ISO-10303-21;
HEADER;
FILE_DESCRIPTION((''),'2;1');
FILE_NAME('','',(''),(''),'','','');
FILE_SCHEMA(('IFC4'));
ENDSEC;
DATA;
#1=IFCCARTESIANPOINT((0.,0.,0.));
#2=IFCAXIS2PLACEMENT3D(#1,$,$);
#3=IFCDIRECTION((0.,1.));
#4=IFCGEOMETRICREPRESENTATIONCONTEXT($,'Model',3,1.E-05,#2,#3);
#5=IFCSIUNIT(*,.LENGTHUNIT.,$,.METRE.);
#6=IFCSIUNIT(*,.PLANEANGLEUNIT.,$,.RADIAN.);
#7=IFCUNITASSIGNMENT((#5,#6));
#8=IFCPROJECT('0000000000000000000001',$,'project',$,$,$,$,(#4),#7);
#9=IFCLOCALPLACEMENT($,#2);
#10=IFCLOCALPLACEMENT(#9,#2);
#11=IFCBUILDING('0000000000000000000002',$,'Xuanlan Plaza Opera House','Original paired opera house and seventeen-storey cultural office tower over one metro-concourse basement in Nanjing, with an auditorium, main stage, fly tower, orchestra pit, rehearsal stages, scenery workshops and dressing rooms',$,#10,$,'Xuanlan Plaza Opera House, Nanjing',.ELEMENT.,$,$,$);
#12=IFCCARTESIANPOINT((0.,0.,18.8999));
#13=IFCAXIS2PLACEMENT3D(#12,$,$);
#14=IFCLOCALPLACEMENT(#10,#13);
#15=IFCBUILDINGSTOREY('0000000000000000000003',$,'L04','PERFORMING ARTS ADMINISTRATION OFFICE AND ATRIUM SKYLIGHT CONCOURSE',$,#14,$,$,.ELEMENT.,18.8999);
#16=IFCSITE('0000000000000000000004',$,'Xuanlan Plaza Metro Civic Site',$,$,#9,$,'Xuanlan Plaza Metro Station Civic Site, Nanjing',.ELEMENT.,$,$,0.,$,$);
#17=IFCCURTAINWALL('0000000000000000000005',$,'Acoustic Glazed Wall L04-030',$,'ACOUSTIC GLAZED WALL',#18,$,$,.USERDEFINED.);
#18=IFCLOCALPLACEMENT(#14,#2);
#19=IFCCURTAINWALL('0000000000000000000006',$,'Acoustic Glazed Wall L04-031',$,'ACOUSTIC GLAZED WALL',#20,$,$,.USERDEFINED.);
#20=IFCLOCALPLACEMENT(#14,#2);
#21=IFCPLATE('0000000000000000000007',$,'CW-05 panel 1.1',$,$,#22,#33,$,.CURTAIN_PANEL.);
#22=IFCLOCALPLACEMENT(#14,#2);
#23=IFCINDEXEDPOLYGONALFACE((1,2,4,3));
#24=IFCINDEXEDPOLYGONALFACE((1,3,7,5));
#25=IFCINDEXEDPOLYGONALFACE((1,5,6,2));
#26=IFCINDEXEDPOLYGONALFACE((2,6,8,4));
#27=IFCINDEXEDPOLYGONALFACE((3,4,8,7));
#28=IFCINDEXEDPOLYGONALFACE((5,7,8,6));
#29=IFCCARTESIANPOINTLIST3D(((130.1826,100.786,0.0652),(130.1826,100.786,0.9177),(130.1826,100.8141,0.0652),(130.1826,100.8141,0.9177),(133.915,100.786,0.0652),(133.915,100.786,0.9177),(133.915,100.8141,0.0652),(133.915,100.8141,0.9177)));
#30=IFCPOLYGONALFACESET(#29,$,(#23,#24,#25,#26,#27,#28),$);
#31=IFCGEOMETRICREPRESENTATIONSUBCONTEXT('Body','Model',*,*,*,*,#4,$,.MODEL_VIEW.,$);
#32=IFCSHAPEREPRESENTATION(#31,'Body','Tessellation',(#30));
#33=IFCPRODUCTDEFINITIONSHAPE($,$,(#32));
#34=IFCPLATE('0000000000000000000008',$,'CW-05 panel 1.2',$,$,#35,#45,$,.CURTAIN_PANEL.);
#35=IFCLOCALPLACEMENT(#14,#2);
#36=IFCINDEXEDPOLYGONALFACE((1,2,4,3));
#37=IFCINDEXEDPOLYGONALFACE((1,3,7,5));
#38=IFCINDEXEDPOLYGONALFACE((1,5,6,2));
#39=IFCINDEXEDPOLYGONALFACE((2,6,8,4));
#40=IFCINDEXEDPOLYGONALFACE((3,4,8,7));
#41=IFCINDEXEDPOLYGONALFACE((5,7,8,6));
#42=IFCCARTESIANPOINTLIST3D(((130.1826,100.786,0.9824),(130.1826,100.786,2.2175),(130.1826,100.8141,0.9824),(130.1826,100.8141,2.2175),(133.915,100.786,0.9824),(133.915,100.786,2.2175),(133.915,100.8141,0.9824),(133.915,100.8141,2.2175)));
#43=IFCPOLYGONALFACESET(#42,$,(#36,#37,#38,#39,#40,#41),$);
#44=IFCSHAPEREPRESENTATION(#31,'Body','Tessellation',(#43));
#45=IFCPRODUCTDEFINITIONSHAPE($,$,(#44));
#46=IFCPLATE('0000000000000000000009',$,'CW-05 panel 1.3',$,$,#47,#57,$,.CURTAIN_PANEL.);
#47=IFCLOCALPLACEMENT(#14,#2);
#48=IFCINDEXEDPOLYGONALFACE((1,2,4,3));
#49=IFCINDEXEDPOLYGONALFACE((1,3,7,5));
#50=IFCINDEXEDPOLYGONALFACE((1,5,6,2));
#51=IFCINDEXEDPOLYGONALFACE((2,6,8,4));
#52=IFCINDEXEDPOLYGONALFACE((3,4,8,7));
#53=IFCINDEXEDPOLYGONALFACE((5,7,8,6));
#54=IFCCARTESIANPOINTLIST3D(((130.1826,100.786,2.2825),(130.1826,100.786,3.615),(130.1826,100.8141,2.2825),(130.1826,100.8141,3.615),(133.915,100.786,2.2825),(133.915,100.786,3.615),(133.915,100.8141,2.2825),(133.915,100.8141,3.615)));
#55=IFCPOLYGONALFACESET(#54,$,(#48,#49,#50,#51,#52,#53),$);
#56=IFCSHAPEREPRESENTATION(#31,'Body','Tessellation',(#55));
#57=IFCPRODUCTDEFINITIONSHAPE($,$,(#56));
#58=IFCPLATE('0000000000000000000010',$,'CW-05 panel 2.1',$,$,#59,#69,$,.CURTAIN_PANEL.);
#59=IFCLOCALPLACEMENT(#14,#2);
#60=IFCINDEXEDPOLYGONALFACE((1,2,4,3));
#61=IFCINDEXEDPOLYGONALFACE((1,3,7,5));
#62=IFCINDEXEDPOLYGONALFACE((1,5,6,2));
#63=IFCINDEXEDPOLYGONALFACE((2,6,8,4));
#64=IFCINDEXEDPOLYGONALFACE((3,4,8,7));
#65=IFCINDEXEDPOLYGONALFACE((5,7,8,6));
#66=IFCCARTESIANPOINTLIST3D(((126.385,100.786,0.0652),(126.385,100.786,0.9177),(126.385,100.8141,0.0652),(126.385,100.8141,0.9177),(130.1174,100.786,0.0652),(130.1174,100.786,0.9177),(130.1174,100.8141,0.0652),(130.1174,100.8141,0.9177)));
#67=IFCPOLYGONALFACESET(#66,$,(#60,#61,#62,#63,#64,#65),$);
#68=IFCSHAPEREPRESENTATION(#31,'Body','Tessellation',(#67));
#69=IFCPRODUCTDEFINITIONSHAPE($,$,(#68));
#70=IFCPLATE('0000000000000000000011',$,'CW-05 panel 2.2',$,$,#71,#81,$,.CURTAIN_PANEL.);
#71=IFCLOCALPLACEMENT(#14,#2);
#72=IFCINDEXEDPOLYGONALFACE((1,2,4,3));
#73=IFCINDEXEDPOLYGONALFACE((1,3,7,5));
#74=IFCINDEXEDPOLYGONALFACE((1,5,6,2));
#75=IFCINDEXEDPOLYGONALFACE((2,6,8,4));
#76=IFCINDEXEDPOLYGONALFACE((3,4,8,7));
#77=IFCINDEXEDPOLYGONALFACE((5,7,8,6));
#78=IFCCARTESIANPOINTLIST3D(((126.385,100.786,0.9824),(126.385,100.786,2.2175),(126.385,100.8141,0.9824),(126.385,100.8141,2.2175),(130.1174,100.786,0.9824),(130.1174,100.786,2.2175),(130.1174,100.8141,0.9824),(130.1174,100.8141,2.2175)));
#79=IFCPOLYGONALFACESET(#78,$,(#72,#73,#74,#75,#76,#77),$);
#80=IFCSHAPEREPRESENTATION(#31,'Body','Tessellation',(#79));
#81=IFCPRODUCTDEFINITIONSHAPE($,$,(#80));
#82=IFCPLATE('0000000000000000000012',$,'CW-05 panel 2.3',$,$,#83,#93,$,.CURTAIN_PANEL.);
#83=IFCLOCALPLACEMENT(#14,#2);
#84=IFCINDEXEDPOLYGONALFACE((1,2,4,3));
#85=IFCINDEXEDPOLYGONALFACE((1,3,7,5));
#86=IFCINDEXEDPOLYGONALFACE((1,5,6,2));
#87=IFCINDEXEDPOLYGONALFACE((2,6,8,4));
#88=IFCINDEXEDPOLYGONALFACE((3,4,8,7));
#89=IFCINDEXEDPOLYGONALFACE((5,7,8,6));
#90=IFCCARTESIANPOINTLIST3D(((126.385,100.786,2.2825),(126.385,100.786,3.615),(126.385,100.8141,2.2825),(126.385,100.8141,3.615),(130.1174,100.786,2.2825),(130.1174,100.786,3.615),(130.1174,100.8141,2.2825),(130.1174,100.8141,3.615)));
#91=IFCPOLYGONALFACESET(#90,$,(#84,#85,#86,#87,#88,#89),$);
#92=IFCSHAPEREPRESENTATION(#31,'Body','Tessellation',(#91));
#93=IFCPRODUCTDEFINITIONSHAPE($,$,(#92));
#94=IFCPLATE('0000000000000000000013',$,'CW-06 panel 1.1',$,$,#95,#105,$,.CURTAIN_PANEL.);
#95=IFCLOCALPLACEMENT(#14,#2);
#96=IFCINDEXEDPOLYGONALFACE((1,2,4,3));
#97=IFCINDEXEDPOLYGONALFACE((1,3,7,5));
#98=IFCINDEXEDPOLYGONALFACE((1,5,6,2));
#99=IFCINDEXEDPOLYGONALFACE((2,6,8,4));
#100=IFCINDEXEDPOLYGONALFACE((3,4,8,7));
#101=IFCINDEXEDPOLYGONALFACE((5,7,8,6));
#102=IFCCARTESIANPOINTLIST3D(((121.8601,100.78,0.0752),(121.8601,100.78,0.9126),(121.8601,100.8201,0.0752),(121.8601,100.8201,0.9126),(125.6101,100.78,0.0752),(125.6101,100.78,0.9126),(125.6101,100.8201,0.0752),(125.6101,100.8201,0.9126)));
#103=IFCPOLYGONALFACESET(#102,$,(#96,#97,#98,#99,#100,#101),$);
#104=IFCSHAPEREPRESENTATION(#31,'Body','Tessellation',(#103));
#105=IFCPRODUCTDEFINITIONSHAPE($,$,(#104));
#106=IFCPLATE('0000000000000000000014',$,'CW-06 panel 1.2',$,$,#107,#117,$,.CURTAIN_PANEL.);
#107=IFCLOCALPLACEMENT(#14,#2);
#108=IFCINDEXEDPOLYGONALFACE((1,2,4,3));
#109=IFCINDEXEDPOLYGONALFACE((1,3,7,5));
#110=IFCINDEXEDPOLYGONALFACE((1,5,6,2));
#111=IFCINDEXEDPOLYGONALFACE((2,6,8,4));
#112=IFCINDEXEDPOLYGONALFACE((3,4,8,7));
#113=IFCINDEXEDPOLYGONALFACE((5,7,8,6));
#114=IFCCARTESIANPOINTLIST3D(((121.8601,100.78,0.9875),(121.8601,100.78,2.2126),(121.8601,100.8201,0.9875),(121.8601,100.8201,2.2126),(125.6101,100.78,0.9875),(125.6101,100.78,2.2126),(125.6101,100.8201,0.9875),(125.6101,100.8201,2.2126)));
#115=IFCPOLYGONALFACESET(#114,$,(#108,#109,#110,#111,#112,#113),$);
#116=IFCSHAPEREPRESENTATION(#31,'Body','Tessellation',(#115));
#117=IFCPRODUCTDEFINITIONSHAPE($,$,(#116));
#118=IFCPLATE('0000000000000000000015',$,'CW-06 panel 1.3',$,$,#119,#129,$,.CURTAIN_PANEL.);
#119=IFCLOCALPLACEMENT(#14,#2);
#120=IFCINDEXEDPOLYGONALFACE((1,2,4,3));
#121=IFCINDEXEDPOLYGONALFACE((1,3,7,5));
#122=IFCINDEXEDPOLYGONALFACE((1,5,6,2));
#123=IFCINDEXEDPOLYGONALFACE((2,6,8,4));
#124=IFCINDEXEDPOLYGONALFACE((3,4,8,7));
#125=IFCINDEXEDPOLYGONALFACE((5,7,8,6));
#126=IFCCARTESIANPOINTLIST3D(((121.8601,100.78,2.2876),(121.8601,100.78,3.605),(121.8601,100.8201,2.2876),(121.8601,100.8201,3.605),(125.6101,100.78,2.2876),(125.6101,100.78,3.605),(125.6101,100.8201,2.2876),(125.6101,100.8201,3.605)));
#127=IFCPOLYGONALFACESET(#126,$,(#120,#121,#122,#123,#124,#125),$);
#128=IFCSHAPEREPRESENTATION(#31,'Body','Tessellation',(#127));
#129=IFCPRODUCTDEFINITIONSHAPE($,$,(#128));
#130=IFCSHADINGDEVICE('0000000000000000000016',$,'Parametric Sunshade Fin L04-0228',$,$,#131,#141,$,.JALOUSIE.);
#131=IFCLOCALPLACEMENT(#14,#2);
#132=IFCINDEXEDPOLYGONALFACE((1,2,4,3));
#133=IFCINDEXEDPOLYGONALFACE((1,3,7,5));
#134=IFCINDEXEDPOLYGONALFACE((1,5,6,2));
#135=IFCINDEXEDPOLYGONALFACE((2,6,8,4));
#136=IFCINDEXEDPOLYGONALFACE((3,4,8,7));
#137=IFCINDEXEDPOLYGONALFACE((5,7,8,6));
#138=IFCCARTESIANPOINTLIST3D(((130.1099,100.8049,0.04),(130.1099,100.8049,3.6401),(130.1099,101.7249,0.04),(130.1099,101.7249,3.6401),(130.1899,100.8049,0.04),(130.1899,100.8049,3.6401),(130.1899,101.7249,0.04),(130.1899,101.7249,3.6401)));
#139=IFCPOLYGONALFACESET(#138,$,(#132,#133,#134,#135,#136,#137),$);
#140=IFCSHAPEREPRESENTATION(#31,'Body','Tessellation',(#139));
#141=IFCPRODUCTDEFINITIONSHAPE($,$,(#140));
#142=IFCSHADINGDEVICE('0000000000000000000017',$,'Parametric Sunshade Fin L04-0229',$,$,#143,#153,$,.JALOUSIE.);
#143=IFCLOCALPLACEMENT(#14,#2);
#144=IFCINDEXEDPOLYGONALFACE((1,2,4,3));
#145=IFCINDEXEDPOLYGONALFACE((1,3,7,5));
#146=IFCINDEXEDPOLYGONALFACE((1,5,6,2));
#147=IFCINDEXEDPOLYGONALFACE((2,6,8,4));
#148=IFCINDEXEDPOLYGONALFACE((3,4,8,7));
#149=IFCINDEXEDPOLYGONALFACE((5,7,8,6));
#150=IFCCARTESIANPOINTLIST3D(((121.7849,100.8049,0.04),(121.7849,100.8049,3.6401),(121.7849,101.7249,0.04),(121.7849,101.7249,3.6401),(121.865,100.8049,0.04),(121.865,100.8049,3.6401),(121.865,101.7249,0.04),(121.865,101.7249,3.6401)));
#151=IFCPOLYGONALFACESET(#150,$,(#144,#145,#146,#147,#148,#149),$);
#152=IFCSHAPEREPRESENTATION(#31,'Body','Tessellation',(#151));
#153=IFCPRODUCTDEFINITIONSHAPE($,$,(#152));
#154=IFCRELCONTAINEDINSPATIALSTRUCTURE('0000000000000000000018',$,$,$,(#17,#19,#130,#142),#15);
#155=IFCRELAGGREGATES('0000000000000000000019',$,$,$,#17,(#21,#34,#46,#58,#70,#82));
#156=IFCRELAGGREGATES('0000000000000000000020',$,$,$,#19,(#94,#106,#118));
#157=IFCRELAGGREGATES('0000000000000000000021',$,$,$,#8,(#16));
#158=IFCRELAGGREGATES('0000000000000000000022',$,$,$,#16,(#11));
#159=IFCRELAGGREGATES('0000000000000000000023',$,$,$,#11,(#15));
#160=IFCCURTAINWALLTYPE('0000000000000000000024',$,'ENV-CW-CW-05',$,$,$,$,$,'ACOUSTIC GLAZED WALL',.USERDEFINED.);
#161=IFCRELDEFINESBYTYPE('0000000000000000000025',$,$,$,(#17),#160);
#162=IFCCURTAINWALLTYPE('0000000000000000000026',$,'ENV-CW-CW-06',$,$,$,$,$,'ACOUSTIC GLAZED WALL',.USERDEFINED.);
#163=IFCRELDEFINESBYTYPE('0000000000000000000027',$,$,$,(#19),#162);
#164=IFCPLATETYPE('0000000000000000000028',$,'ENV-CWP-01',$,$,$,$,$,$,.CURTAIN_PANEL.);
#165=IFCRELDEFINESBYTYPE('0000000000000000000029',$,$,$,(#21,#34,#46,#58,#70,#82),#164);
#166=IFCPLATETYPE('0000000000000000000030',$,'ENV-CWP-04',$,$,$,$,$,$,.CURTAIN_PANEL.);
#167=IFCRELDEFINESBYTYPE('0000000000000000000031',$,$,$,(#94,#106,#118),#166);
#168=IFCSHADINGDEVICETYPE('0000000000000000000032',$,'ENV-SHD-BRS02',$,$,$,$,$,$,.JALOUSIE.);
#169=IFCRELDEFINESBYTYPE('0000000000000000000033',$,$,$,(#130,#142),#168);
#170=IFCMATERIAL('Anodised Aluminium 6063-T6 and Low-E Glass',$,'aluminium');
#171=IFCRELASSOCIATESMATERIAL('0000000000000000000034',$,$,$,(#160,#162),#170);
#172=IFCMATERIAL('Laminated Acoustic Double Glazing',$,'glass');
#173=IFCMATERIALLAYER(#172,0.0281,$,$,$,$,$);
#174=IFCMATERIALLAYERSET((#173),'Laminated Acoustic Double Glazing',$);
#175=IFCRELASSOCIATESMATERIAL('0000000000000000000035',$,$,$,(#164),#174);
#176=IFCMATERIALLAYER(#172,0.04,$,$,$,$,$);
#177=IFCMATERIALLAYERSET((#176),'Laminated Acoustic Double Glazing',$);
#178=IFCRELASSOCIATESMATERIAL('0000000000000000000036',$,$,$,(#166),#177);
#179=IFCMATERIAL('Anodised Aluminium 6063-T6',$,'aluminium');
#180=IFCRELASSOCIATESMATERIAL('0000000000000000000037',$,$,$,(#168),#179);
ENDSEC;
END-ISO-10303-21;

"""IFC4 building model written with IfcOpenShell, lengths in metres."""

from ifc_helpers import new_model, si_unit, direction, frame, origin, origin_2d, place, context, subcontext, project, spatial, rectangle, extrude, material, layer, layer_set, type_object, element, aggregate, save


model = new_model("IFC4")

# Units and contexts
model_context = context("Model", 3, precision=1e-05, world=origin(), true_north=direction((0.0, 1.0)))
body_context = subcontext(model_context, "Body", "Model", "MODEL_VIEW")
ifc_project = project(units=[si_unit("LENGTHUNIT", "METRE"), si_unit("PLANEANGLEUNIT", "RADIAN")], contexts=[model_context])

# Site, building, storey
site_placement = place(None, origin())
site = spatial("IfcSite", under=ifc_project, at=site_placement, Name="Xuanlan Plaza Metro Civic Site", LongName="Xuanlan Plaza Metro Station Civic Site, Nanjing", CompositionType="ELEMENT", RefElevation=0.0)
building_placement = place(site_placement, origin())
building = spatial("IfcBuilding", under=site, at=building_placement, Name="Xuanlan Plaza Opera House", Description="Original paired opera house and seventeen-storey cultural office tower over one metro-concourse basement in Nanjing, with an auditorium, main stage, fly tower, orchestra pit, rehearsal stages, scenery workshops and dressing rooms", LongName="Xuanlan Plaza Opera House, Nanjing", CompositionType="ELEMENT")
storey_placement = place(building_placement, frame((0.0, 0.0, 18.8999)))
storey = spatial("IfcBuildingStorey", under=building, at=storey_placement, Name="L04", Description="PERFORMING ARTS ADMINISTRATION OFFICE AND ATRIUM SKYLIGHT CONCOURSE", CompositionType="ELEMENT", Elevation=18.8999)

# Curtain wall
ifc_material_1 = material(Name="Anodised Aluminium 6063-T6 and Low-E Glass", Category="aluminium")
curtain_wall_type_1 = type_object("IfcCurtainWallType", Name="ENV-CW-CW-05", ElementType="ACOUSTIC GLAZED WALL", PredefinedType="USERDEFINED", material=ifc_material_1)
curtain_wall_1_placement = place(storey_placement, origin())
curtain_wall_1 = element("IfcCurtainWall", 1, at=curtain_wall_1_placement, inside=storey, type_object=curtain_wall_type_1, Name="Acoustic Glazed Wall L04-030", ObjectType="ACOUSTIC GLAZED WALL", PredefinedType="USERDEFINED")
ifc_material_2 = material(Name="Anodised Aluminium 6063-T6", Category="aluminium")

# Curtain wall
curtain_wall_type_2 = type_object("IfcCurtainWallType", Name="ENV-CW-CW-06", ElementType="ACOUSTIC GLAZED WALL", PredefinedType="USERDEFINED", material=ifc_material_1)
curtain_wall_2_placement = place(storey_placement, origin())
curtain_wall_2 = element("IfcCurtainWall", 2, at=curtain_wall_2_placement, inside=storey, type_object=curtain_wall_type_2, Name="Acoustic Glazed Wall L04-031", ObjectType="ACOUSTIC GLAZED WALL", PredefinedType="USERDEFINED")

# Plates
ifc_material_3 = material(Name="Laminated Acoustic Double Glazing", Category="glass")
ifc_layer_1 = layer(ifc_material_3, 0.0281)
ifc_layer_set_1 = layer_set([ifc_layer_1], Name="Laminated Acoustic Double Glazing")
plate_type_1 = type_object("IfcPlateType", Name="ENV-CWP-01", PredefinedType="CURTAIN_PANEL", material=ifc_layer_set_1)
plate_1_placement = place(storey_placement, frame((132.0488, 100.8, 0.0652), z_axis=(0.0, 0.0, 1.0), x_axis=(-1.0, 0.0, 0.0)))
plate_1 = element("IfcPlate", 3, at=plate_1_placement, type_object=plate_type_1, Name="CW-05 panel 1.1", PredefinedType="CURTAIN_PANEL", context=body_context, shape_type="SweptSolid", body=[
    extrude(rectangle(XDim=3.7324, YDim=0.0281, at=origin_2d()), origin(), (0.0, 0.0, 1.0), 0.8525),
])
plate_2_placement = place(storey_placement, frame((132.0488, 100.8, 0.9824), z_axis=(0.0, 0.0, 1.0), x_axis=(-1.0, 0.0, 0.0)))
plate_2 = element("IfcPlate", 4, at=plate_2_placement, type_object=plate_type_1, Name="CW-05 panel 1.2", PredefinedType="CURTAIN_PANEL", context=body_context, shape_type="SweptSolid", body=[
    extrude(rectangle(XDim=3.7324, YDim=0.0281, at=origin_2d()), origin(), (0.0, 0.0, 1.0), 1.2351),
])
plate_3_placement = place(storey_placement, frame((132.0488, 100.8, 2.2825), z_axis=(0.0, 0.0, 1.0), x_axis=(-1.0, 0.0, 0.0)))
plate_3 = element("IfcPlate", 5, at=plate_3_placement, type_object=plate_type_1, Name="CW-05 panel 1.3", PredefinedType="CURTAIN_PANEL", context=body_context, shape_type="SweptSolid", body=[
    extrude(rectangle(XDim=3.7324, YDim=0.0281, at=origin_2d()), origin(), (0.0, 0.0, 1.0), 1.3325),
])
plate_4_placement = place(storey_placement, frame((128.2512, 100.8, 0.0652), z_axis=(0.0, 0.0, 1.0), x_axis=(-1.0, 0.0, 0.0)))
plate_4 = element("IfcPlate", 6, at=plate_4_placement, type_object=plate_type_1, Name="CW-05 panel 2.1", PredefinedType="CURTAIN_PANEL", context=body_context, shape_type="SweptSolid", body=[
    extrude(rectangle(XDim=3.7324, YDim=0.0281, at=origin_2d()), origin(), (0.0, 0.0, 1.0), 0.8525),
])
plate_5_placement = place(storey_placement, frame((128.2512, 100.8, 0.9824), z_axis=(0.0, 0.0, 1.0), x_axis=(-1.0, 0.0, 0.0)))
plate_5 = element("IfcPlate", 7, at=plate_5_placement, type_object=plate_type_1, Name="CW-05 panel 2.2", PredefinedType="CURTAIN_PANEL", context=body_context, shape_type="SweptSolid", body=[
    extrude(rectangle(XDim=3.7324, YDim=0.0281, at=origin_2d()), origin(), (0.0, 0.0, 1.0), 1.2351),
])
plate_6_placement = place(storey_placement, frame((128.2512, 100.8, 2.2825), z_axis=(0.0, 0.0, 1.0), x_axis=(-1.0, 0.0, 0.0)))
plate_6 = element("IfcPlate", 8, at=plate_6_placement, type_object=plate_type_1, Name="CW-05 panel 2.3", PredefinedType="CURTAIN_PANEL", context=body_context, shape_type="SweptSolid", body=[
    extrude(rectangle(XDim=3.7324, YDim=0.0281, at=origin_2d()), origin(), (0.0, 0.0, 1.0), 1.3325),
])
aggregate(curtain_wall_1, [plate_1, plate_2, plate_3, plate_4, plate_5, plate_6])
ifc_layer_2 = layer(ifc_material_3, 0.04)
ifc_layer_set_2 = layer_set([ifc_layer_2], Name="Laminated Acoustic Double Glazing")
plate_type_2 = type_object("IfcPlateType", Name="ENV-CWP-04", PredefinedType="CURTAIN_PANEL", material=ifc_layer_set_2)
plate_7_placement = place(storey_placement, frame((123.7351, 100.8, 0.0752), z_axis=(0.0, 0.0, 1.0), x_axis=(-1.0, 0.0, 0.0)))
plate_7 = element("IfcPlate", 9, at=plate_7_placement, type_object=plate_type_2, Name="CW-06 panel 1.1", PredefinedType="CURTAIN_PANEL", context=body_context, shape_type="SweptSolid", body=[
    extrude(rectangle(XDim=3.75, YDim=0.04, at=origin_2d()), origin(), (0.0, 0.0, 1.0), 0.8374),
])
plate_8_placement = place(storey_placement, frame((123.7351, 100.8, 0.9875), z_axis=(0.0, 0.0, 1.0), x_axis=(-1.0, 0.0, 0.0)))
plate_8 = element("IfcPlate", 10, at=plate_8_placement, type_object=plate_type_2, Name="CW-06 panel 1.2", PredefinedType="CURTAIN_PANEL", context=body_context, shape_type="SweptSolid", body=[
    extrude(rectangle(XDim=3.75, YDim=0.04, at=origin_2d()), origin(), (0.0, 0.0, 1.0), 1.2251),
])
plate_9_placement = place(storey_placement, frame((123.7351, 100.8, 2.2876), z_axis=(0.0, 0.0, 1.0), x_axis=(-1.0, 0.0, 0.0)))
plate_9 = element("IfcPlate", 11, at=plate_9_placement, type_object=plate_type_2, Name="CW-06 panel 1.3", PredefinedType="CURTAIN_PANEL", context=body_context, shape_type="SweptSolid", body=[
    extrude(rectangle(XDim=3.75, YDim=0.04, at=origin_2d()), origin(), (0.0, 0.0, 1.0), 1.3174),
])
aggregate(curtain_wall_2, [plate_7, plate_8, plate_9])

# Shading devices
shading_device_type = type_object("IfcShadingDeviceType", Name="ENV-SHD-BRS02", PredefinedType="JALOUSIE", material=ifc_material_2)
for number, where, z_axis, x_axis, name in (
    (12, (130.1499, 101.2649, 0.04), (0.0, 0.0, 1.0), (0.0, 1.0, 0.0), "Parametric Sunshade Fin L04-0228"),
    (13, (121.825, 101.2649, 0.04), (0.0, 0.0, 1.0), (0.0, 1.0, 0.0), "Parametric Sunshade Fin L04-0229"),
):
    element("IfcShadingDevice", number, at=place(storey_placement, frame(where, z_axis=z_axis, x_axis=x_axis)), inside=storey, type_object=shading_device_type, Name=name, PredefinedType="JALOUSIE", context=body_context, shape_type="SweptSolid", body=[
        extrude(rectangle(XDim=0.9199, YDim=0.0801, at=origin_2d()), origin(), (0.0, 0.0, 1.0), 3.6001),
    ])

save(model, "model.ifc")
